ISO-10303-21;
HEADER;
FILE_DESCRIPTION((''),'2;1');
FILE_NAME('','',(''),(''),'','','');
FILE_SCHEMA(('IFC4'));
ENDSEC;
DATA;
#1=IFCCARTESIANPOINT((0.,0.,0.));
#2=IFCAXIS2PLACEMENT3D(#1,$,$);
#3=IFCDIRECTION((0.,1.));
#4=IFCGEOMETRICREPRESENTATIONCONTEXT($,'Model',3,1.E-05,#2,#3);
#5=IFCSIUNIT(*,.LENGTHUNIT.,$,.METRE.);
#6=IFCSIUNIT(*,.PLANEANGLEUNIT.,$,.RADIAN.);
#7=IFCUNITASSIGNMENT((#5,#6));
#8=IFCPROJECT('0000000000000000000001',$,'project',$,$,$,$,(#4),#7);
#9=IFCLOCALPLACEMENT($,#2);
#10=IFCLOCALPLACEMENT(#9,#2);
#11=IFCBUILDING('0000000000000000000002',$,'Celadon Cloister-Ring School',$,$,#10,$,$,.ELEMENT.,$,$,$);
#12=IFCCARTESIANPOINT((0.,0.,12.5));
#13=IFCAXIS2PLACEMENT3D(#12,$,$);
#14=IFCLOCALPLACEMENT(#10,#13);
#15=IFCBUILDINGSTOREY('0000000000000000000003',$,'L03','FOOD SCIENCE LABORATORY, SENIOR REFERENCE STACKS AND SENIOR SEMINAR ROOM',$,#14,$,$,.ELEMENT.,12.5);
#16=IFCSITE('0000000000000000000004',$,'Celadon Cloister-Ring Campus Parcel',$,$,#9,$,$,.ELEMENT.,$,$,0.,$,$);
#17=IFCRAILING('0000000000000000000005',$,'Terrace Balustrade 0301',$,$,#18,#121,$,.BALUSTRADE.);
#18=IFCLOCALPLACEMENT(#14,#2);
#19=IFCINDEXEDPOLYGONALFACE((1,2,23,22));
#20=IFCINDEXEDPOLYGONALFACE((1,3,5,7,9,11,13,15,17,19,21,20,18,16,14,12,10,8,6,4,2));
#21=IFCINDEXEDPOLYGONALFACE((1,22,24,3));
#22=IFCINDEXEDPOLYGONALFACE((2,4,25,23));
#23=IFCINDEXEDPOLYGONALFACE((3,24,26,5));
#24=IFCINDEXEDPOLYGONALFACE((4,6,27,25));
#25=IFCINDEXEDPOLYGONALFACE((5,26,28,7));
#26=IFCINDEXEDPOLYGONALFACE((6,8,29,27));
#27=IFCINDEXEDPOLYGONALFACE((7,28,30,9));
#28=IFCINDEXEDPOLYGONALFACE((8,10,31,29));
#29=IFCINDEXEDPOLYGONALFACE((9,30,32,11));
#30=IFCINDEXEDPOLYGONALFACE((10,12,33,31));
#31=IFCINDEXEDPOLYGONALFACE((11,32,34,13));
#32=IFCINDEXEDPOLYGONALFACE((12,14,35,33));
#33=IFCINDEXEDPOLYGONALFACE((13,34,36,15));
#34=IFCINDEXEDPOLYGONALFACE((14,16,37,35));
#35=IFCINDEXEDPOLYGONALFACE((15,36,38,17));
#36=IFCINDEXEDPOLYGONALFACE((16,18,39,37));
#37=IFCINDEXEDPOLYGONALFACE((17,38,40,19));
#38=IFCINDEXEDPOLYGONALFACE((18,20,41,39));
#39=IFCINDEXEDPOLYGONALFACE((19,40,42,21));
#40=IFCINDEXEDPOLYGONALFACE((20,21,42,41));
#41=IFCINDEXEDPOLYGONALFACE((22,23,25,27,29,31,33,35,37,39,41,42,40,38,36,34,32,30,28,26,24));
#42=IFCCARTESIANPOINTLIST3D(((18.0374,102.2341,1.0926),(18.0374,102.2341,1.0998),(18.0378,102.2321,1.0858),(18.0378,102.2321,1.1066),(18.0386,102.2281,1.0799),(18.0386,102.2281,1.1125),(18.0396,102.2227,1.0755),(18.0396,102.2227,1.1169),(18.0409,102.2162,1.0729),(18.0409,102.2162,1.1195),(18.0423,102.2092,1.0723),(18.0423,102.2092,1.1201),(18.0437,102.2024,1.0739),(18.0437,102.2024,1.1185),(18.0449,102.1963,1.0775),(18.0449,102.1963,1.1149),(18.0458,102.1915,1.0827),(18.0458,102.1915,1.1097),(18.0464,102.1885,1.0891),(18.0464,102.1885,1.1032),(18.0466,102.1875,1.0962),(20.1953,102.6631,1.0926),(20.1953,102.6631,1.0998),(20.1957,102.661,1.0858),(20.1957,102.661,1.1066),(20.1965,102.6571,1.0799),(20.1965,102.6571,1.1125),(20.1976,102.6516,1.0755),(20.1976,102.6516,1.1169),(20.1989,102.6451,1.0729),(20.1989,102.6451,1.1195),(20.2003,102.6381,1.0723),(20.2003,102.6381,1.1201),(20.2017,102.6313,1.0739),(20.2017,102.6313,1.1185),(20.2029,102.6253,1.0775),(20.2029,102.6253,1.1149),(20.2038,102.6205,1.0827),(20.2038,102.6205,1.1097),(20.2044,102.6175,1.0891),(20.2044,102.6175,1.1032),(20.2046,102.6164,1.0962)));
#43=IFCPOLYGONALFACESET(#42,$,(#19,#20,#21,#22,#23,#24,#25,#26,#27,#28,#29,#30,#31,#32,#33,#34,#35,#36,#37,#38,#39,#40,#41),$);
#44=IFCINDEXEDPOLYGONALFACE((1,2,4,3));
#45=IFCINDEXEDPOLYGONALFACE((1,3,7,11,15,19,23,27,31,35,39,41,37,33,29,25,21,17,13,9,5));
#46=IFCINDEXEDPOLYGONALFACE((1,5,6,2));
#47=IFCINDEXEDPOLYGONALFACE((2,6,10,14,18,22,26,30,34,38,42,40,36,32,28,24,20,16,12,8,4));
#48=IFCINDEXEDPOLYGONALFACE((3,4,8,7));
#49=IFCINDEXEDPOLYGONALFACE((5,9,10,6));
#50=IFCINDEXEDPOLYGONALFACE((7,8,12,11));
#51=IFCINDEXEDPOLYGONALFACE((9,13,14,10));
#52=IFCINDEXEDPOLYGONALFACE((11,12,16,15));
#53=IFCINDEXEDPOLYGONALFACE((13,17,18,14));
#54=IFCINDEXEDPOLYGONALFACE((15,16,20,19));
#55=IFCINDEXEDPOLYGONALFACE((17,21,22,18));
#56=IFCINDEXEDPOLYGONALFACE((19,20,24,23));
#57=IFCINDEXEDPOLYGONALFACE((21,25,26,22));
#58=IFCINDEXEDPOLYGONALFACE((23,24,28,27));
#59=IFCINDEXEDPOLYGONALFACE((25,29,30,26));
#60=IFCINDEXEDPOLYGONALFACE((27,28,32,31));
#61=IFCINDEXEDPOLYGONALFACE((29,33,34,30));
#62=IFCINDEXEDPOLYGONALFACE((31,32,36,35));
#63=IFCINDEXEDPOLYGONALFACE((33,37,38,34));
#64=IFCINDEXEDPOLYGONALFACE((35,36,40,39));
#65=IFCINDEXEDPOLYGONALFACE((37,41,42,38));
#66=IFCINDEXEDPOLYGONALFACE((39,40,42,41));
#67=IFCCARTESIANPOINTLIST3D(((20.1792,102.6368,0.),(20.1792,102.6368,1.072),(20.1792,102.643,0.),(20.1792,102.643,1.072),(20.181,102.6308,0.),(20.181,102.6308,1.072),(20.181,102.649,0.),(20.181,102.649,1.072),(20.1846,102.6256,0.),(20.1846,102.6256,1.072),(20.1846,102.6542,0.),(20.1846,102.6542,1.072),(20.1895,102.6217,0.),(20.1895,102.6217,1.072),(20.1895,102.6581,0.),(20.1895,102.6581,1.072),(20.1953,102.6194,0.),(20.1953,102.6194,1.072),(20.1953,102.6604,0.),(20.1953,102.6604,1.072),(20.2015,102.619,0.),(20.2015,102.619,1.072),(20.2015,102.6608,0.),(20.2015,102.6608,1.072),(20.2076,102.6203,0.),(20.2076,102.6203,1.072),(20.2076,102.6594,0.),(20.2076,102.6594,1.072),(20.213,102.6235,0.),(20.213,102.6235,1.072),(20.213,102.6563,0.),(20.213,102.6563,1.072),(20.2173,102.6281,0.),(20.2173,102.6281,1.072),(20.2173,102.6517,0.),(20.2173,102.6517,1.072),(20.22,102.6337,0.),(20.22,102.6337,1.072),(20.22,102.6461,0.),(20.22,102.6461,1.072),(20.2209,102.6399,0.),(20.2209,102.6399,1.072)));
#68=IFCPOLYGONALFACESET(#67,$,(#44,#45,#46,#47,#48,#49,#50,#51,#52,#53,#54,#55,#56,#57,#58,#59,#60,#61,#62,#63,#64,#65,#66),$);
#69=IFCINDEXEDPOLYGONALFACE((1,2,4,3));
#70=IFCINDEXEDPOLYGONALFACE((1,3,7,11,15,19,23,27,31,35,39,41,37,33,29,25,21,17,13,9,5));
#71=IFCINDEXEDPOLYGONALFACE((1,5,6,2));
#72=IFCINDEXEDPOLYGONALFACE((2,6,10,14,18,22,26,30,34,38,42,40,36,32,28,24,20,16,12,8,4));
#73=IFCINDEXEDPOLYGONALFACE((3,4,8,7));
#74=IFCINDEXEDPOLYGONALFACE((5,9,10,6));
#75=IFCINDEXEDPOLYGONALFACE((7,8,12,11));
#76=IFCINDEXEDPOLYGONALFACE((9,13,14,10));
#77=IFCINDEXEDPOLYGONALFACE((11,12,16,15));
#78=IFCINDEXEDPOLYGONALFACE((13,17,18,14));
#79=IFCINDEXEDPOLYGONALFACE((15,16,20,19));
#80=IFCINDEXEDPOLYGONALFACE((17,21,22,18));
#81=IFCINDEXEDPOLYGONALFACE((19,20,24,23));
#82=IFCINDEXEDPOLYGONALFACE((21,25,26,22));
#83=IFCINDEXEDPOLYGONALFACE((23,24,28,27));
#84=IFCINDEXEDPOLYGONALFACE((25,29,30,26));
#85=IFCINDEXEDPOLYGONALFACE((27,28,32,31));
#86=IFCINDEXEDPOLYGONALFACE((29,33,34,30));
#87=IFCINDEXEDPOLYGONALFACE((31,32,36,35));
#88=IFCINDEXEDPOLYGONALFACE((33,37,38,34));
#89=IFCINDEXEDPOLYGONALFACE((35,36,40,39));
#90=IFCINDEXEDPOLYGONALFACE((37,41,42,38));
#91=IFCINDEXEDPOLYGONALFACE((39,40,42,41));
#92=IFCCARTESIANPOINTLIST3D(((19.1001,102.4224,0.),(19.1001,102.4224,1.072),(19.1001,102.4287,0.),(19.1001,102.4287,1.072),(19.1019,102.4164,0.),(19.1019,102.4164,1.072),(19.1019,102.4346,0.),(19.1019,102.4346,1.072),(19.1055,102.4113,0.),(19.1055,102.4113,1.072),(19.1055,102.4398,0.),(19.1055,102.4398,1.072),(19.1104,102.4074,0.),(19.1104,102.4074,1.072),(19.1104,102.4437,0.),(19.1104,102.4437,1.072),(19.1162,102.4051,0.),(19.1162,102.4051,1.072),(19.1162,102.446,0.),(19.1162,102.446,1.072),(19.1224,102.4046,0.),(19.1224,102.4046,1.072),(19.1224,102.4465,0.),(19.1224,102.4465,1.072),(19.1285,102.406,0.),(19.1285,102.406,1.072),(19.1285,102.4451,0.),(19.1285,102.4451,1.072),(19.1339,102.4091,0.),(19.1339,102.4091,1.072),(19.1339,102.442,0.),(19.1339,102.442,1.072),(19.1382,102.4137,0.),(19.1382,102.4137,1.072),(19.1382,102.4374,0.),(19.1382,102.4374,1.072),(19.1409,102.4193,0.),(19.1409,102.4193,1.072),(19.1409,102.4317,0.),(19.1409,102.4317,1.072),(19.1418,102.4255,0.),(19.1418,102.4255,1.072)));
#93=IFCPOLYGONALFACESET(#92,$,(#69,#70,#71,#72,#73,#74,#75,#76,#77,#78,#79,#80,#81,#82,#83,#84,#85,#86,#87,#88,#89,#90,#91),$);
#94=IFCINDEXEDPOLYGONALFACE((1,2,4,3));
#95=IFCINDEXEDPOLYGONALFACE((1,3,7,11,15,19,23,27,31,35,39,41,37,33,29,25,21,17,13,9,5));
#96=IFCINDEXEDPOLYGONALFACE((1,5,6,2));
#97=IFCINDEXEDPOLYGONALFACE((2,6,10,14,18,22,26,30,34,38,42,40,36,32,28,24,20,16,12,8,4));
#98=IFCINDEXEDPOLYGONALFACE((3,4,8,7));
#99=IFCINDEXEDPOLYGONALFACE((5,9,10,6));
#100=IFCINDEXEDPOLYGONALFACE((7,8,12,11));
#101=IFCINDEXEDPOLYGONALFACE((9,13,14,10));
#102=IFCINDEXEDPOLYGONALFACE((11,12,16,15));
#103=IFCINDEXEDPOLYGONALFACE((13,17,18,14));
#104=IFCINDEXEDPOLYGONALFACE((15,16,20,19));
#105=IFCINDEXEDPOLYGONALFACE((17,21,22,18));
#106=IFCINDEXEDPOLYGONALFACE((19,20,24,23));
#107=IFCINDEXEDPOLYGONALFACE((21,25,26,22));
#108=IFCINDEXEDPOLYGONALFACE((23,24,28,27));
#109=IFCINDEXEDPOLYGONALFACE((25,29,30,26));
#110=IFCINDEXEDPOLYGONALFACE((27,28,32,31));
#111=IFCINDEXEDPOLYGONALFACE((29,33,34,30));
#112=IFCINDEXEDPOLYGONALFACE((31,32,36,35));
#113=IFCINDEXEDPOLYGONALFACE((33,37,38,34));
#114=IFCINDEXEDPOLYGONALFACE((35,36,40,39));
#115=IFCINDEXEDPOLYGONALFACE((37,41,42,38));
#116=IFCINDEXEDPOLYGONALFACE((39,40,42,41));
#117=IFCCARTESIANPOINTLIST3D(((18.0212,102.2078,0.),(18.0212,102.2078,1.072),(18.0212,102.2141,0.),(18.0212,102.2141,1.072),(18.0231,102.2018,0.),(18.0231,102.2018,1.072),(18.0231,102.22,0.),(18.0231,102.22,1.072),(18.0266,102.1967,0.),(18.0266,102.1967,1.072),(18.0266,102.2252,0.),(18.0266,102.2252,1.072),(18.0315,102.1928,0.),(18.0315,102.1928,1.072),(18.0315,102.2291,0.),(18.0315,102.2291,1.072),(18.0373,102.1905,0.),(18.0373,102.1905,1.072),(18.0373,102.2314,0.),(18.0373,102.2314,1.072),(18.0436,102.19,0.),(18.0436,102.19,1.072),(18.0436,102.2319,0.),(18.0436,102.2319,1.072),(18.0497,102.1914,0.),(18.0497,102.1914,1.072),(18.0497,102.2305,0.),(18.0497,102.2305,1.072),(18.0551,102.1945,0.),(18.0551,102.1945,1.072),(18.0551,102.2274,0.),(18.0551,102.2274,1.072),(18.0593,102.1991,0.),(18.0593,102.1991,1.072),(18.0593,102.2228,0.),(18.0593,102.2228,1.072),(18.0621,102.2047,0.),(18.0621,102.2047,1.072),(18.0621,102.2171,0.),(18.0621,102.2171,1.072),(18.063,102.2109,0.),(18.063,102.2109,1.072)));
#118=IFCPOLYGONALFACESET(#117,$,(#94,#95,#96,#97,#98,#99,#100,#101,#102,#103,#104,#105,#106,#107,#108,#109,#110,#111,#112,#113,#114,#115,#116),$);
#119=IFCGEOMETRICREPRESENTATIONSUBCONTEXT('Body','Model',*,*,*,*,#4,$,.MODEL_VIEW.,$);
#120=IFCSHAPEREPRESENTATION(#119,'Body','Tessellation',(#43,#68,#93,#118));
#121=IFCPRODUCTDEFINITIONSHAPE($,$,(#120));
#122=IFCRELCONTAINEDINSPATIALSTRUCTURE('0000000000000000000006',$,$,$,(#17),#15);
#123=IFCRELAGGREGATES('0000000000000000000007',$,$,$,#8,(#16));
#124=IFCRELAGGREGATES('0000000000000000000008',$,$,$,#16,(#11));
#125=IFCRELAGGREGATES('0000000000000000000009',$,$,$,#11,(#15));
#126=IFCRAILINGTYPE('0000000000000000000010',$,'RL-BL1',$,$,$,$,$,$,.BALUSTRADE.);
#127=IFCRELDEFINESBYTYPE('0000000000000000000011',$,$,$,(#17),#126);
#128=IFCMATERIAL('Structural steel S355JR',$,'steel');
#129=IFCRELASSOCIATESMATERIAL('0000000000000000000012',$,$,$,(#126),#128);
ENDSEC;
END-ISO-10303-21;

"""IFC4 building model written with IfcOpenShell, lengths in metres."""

from ifc_helpers import new_model, si_unit, direction, frame, origin, origin_2d, place, context, subcontext, project, spatial, circle, extrude, material, type_object, element, save


model = new_model("IFC4")

# Units and contexts
model_context = context("Model", 3, precision=1e-05, world=origin(), true_north=direction((0.0, 1.0)))
body_context = subcontext(model_context, "Body", "Model", "MODEL_VIEW")
ifc_project = project(units=[si_unit("LENGTHUNIT", "METRE"), si_unit("PLANEANGLEUNIT", "RADIAN")], contexts=[model_context])

# Site, building, storey
site_placement = place(None, origin())
site = spatial("IfcSite", under=ifc_project, at=site_placement, Name="Celadon Cloister-Ring Campus Parcel", CompositionType="ELEMENT", RefElevation=0.0)
building_placement = place(site_placement, origin())
building = spatial("IfcBuilding", under=site, at=building_placement, Name="Celadon Cloister-Ring School", CompositionType="ELEMENT")
storey_placement = place(building_placement, frame((0.0, 0.0, 12.5)))
storey = spatial("IfcBuildingStorey", under=building, at=storey_placement, Name="L03", Description="FOOD SCIENCE LABORATORY, SENIOR REFERENCE STACKS AND SENIOR SEMINAR ROOM", CompositionType="ELEMENT", Elevation=12.5)

# Railing
ifc_material_1 = material(Name="Structural steel S355JR", Category="steel")
railing_type = type_object("IfcRailingType", Name="RL-BL1", PredefinedType="BALUSTRADE", material=ifc_material_1)
railing_1_placement = place(storey_placement, frame((20.2, 102.6399, 0.0)))
element("IfcRailing", 1, at=railing_1_placement, inside=storey, type_object=railing_type, Name="Terrace Balustrade 0301", PredefinedType="BALUSTRADE", context=body_context, shape_type="SweptSolid", body=[
    extrude(circle(Radius=0.0239, at=origin_2d()), frame((0.0, 0.0, 1.0962), z_axis=(-0.98081, -0.194964, 0.0), x_axis=(0.194964, -0.98081, 0.0)), (0.0, 0.0, 1.0), 2.2002),
    extrude(circle(Radius=0.021, at=origin_2d()), origin(), (0.0, 0.0, 1.0), 1.072),
    extrude(circle(Radius=0.021, at=origin_2d()), frame((-1.0791, -0.2144, 0.0)), (0.0, 0.0, 1.0), 1.072),
    extrude(circle(Radius=0.021, at=origin_2d()), frame((-2.158, -0.429, 0.0)), (0.0, 0.0, 1.0), 1.072),
])

save(model, "model.ifc")
